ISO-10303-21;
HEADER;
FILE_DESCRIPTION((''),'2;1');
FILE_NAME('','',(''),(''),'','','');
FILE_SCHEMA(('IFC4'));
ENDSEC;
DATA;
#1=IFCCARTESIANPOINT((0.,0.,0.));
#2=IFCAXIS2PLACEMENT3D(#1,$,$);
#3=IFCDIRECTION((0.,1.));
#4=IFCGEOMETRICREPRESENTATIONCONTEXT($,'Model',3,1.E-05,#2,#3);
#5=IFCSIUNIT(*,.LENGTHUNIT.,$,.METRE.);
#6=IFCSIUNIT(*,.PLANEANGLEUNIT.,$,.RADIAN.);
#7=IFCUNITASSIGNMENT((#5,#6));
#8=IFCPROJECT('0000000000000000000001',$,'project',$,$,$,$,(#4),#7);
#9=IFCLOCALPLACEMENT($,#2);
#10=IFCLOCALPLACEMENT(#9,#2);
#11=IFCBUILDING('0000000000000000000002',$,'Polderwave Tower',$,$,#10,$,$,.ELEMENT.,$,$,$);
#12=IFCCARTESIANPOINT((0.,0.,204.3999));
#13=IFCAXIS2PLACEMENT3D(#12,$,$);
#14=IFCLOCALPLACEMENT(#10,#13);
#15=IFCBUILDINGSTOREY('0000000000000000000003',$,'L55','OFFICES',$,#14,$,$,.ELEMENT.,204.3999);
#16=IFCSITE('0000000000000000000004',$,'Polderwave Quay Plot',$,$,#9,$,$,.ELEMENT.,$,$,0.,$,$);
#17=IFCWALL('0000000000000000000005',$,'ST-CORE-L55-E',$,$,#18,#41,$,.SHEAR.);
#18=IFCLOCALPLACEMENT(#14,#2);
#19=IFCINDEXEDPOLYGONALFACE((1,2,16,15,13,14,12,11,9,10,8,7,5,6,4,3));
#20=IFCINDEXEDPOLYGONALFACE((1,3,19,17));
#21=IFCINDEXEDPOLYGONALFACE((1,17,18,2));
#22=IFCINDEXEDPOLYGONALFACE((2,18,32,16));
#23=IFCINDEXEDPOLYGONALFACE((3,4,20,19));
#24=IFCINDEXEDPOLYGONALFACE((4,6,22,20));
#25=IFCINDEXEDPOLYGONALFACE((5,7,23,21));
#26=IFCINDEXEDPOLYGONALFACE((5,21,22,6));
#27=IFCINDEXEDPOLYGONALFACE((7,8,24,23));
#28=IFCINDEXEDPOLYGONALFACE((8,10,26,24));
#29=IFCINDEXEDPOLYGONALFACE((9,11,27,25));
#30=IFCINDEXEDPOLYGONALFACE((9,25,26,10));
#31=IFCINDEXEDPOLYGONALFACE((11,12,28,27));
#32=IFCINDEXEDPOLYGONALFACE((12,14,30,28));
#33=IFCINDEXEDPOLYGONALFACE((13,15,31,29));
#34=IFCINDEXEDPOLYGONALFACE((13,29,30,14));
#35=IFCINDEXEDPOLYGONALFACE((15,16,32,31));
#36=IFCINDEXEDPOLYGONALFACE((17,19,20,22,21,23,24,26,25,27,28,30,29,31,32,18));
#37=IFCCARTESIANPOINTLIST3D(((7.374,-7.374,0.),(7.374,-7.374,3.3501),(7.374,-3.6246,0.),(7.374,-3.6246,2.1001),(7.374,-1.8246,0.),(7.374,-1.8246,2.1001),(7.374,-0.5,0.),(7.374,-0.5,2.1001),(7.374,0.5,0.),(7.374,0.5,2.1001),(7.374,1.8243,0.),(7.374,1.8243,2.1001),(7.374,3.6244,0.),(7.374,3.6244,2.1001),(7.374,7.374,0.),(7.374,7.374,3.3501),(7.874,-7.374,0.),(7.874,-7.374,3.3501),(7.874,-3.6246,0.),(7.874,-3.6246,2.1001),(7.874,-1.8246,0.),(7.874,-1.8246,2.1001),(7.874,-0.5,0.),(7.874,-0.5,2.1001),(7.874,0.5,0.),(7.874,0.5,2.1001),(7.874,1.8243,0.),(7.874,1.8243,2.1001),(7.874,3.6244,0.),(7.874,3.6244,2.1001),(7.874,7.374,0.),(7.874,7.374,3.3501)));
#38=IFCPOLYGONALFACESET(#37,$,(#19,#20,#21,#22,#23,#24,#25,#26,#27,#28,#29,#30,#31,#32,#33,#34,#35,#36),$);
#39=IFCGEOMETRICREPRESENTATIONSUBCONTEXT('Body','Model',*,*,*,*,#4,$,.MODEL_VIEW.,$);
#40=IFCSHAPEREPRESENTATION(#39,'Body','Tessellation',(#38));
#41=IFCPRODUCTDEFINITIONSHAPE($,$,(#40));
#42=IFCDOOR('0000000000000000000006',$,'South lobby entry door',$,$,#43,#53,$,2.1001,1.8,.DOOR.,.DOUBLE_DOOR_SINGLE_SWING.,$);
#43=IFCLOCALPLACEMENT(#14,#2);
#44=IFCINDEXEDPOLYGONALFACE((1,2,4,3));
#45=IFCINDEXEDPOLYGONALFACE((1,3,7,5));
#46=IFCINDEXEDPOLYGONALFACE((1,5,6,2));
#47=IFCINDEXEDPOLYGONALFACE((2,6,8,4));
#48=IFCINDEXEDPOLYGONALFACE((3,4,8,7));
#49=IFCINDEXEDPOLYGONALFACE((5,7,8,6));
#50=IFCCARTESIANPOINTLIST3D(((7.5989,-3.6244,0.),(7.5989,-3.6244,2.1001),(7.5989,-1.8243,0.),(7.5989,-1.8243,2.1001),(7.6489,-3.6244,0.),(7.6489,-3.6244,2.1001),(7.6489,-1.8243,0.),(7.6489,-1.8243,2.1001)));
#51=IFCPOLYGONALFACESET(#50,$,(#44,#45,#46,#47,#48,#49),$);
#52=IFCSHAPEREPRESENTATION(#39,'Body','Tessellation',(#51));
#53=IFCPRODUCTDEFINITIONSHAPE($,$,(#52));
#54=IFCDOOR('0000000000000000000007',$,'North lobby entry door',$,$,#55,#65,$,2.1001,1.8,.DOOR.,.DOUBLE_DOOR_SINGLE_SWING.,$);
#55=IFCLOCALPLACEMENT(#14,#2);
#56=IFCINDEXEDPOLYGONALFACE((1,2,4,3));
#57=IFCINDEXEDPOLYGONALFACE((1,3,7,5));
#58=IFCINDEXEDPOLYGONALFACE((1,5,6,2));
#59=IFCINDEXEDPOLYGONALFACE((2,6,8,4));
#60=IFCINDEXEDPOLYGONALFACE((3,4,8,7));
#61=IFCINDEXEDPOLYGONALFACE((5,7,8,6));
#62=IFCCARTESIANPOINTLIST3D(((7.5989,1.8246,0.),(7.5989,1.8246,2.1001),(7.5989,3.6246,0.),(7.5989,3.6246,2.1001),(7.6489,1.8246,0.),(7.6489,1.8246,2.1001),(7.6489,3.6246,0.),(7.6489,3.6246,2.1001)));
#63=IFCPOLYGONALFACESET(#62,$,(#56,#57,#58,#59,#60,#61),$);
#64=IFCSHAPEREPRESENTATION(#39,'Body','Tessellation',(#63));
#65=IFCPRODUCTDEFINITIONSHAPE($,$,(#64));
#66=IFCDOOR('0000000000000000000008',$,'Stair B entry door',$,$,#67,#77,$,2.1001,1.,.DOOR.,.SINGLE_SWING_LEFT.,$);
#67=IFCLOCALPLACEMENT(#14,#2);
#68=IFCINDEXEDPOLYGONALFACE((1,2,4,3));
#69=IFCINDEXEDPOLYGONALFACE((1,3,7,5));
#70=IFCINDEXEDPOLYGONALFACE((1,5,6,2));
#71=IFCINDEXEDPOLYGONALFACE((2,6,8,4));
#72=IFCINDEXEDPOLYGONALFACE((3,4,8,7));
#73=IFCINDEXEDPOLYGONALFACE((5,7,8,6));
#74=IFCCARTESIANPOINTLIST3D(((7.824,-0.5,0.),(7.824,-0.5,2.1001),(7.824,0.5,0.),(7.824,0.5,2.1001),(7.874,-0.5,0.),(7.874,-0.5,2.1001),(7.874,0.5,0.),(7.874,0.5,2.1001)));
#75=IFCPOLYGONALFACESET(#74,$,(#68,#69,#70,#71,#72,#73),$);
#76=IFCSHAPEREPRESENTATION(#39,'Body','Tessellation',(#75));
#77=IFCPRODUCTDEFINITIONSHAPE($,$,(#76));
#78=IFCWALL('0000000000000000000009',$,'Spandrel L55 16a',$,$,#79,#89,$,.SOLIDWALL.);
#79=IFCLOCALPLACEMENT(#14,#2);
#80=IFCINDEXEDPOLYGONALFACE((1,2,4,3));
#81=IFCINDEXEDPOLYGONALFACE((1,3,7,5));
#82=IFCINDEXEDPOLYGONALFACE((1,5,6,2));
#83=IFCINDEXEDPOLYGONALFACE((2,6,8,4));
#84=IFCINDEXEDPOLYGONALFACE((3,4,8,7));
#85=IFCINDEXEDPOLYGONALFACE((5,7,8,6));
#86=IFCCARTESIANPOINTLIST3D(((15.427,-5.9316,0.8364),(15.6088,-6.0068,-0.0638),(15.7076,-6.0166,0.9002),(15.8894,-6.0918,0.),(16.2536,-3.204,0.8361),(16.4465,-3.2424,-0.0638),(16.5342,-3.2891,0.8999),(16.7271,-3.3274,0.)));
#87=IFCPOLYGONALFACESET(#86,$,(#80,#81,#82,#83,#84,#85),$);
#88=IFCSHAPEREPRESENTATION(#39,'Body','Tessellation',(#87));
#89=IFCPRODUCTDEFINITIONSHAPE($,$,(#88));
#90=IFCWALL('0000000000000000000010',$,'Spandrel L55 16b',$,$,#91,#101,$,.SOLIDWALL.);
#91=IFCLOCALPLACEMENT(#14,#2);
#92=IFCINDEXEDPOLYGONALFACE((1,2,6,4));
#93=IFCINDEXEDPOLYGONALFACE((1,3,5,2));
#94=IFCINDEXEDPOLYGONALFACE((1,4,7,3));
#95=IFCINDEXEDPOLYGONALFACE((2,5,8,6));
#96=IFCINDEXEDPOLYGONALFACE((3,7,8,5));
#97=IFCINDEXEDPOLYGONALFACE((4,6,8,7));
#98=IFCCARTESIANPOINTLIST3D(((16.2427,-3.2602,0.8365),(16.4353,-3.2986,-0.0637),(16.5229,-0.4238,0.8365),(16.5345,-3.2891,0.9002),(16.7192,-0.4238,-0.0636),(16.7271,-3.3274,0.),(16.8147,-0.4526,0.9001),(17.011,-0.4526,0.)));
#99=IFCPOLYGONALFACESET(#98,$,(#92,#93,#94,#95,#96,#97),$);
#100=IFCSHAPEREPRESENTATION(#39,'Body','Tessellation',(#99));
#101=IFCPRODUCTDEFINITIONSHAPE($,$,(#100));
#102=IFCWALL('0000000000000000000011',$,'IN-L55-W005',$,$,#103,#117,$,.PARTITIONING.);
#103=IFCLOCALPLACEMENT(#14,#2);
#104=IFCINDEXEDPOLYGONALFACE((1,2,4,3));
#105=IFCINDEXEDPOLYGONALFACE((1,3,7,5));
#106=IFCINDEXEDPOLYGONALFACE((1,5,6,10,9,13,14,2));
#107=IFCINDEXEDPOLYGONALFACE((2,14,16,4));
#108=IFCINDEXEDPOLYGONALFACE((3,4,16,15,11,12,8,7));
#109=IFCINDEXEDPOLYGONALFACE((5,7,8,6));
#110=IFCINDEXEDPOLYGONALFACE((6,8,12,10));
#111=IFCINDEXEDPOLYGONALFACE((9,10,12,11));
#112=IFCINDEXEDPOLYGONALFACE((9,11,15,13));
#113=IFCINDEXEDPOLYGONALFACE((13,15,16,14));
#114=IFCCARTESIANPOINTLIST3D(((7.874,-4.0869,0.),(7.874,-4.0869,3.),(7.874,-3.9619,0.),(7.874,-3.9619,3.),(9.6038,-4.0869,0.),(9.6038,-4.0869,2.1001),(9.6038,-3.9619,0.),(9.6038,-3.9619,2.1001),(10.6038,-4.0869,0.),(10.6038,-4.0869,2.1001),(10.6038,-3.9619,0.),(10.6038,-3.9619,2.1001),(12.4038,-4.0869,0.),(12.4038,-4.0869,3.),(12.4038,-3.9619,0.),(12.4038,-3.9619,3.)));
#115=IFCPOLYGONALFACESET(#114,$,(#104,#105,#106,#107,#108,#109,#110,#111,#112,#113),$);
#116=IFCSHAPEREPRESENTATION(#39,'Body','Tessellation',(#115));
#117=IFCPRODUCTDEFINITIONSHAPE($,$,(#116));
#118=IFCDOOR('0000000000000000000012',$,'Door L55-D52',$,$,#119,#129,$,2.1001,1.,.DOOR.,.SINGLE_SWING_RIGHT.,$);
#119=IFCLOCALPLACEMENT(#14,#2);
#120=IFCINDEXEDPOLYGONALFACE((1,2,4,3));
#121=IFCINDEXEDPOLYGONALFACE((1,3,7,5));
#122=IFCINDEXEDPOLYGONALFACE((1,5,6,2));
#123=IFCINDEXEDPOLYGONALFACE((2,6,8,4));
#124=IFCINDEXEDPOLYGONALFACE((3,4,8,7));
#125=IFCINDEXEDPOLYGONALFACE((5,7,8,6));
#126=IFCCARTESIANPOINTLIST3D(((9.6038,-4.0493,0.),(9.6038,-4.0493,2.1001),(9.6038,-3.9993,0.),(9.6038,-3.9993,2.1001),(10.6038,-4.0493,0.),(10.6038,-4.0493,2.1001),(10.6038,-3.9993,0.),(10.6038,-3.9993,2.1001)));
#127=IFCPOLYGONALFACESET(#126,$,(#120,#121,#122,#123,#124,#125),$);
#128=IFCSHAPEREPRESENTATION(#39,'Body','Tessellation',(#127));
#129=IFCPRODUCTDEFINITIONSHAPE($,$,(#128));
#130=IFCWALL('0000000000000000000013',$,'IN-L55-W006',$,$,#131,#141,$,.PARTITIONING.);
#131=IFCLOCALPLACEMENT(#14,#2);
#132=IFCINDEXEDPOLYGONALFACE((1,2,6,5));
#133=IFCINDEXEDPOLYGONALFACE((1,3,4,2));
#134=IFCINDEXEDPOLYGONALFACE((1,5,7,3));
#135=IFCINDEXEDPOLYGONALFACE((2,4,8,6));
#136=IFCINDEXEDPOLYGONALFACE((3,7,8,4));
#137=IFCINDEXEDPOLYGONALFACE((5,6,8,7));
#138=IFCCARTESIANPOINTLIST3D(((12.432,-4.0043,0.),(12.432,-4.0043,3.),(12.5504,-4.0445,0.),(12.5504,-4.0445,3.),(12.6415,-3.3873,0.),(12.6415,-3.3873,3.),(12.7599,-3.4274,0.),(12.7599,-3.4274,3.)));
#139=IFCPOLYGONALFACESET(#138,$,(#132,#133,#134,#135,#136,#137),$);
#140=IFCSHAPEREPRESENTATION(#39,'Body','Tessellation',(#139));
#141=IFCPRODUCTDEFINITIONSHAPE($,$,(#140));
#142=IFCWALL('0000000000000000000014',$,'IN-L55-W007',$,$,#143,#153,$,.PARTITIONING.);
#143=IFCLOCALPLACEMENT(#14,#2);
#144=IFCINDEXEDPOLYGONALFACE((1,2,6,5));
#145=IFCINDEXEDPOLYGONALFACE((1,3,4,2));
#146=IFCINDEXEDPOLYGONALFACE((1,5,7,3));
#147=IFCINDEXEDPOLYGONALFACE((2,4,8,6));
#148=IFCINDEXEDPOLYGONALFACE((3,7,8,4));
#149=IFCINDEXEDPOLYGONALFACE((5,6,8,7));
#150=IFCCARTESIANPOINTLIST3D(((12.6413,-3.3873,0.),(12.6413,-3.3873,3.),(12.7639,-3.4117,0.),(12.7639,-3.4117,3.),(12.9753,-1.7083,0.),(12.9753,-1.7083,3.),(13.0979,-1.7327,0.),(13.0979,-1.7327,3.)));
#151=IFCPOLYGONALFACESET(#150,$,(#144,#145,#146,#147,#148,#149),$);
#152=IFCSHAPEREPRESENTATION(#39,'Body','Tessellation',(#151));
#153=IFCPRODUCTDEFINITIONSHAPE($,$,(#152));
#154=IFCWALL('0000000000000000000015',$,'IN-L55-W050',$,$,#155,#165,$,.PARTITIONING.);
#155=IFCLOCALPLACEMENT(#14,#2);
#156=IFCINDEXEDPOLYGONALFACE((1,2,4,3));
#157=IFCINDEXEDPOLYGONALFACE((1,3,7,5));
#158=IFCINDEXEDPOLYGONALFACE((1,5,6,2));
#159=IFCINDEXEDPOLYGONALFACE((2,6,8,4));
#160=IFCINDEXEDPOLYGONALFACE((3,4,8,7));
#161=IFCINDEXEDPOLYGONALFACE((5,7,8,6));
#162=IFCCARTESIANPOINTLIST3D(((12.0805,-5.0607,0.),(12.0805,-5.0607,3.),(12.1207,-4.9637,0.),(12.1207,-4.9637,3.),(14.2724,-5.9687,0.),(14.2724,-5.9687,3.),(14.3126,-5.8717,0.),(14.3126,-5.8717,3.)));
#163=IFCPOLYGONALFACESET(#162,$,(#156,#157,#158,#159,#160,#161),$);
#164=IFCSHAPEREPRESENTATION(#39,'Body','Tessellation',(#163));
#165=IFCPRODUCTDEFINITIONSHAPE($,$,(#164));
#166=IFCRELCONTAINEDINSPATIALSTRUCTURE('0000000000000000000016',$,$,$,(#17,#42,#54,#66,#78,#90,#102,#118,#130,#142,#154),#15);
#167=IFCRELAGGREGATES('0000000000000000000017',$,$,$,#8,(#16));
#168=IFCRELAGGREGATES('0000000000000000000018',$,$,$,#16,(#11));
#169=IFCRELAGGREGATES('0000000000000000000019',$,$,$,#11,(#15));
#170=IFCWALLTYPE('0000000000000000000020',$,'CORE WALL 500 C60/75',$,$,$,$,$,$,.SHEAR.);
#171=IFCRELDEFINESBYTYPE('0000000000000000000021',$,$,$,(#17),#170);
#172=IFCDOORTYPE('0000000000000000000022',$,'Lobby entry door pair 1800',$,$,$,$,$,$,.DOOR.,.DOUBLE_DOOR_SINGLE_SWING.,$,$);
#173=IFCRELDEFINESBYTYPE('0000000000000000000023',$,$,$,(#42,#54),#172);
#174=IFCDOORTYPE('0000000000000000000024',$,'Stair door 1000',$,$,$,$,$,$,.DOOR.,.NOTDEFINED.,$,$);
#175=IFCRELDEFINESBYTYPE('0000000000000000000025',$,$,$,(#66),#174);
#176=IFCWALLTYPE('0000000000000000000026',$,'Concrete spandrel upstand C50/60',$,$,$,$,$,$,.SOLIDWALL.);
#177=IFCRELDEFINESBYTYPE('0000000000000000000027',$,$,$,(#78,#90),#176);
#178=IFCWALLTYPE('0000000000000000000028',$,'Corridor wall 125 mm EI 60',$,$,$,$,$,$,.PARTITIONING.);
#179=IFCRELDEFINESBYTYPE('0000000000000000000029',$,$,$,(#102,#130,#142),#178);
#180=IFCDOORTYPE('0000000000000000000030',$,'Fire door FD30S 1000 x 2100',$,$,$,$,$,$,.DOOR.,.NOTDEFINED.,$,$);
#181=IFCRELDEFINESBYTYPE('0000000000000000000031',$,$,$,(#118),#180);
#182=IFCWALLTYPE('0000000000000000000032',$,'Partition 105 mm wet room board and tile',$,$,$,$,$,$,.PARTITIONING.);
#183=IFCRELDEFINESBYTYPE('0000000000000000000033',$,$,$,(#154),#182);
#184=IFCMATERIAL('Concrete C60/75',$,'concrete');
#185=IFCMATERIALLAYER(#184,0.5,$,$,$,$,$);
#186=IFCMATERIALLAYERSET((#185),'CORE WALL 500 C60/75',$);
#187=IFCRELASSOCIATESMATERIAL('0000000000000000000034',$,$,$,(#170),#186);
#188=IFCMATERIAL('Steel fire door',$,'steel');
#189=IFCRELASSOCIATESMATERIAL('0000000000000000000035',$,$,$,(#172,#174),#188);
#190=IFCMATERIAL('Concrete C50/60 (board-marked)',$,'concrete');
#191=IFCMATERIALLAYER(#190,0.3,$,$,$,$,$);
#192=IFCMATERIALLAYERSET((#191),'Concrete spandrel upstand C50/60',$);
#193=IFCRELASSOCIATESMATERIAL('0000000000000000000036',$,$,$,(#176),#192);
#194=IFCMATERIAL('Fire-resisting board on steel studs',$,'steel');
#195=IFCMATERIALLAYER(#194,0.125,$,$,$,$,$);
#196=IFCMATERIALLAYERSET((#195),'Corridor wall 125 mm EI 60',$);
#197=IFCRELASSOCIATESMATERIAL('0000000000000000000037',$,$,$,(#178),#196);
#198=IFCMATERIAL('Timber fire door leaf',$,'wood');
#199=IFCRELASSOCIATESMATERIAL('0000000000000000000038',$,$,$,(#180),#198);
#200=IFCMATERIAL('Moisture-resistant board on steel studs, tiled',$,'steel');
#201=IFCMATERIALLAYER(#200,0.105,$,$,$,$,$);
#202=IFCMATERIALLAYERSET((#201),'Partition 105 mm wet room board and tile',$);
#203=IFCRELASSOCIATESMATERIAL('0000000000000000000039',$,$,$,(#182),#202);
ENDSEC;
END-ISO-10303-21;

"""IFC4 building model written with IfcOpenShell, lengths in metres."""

from ifc_helpers import new_model, si_unit, direction, frame, frame_2d, origin, place, context, subcontext, project, spatial, polyline, rectangle, outline, extrude, material, layer, layer_set, type_object, element, fill, save


model = new_model("IFC4")

# Units and contexts
model_context = context("Model", 3, precision=1e-05, world=origin(), true_north=direction((0.0, 1.0)))
body_context = subcontext(model_context, "Body", "Model", "MODEL_VIEW")
ifc_project = project(units=[si_unit("LENGTHUNIT", "METRE"), si_unit("PLANEANGLEUNIT", "RADIAN")], contexts=[model_context])

# Site, building, storey
site_placement = place(None, origin())
site = spatial("IfcSite", under=ifc_project, at=site_placement, Name="Polderwave Quay Plot", CompositionType="ELEMENT", RefElevation=0.0)
building_placement = place(site_placement, origin())
building = spatial("IfcBuilding", under=site, at=building_placement, Name="Polderwave Tower", CompositionType="ELEMENT")
storey_placement = place(building_placement, frame((0.0, 0.0, 204.3999)))
storey = spatial("IfcBuildingStorey", under=building, at=storey_placement, Name="L55", Description="OFFICES", CompositionType="ELEMENT", Elevation=204.3999)

# Shared definitions
ifc_material_1 = material(Name="Concrete C60/75", Category="concrete")

# Wall, openings, doors
ifc_layer_1 = layer(ifc_material_1, 0.5)
ifc_layer_set_1 = layer_set([ifc_layer_1], Name="CORE WALL 500 C60/75")
wall_type_1 = type_object("IfcWallType", Name="CORE WALL 500 C60/75", PredefinedType="SHEAR", material=ifc_layer_set_1)
wall_1_placement = place(storey_placement, frame((7.624, -7.374, 0.0), z_axis=(0.0, 0.0, 1.0), x_axis=(0.0, 1.0, 0.0)))
wall_1 = element("IfcWall", 1, at=wall_1_placement, inside=storey, type_object=wall_type_1, Name="ST-CORE-L55-E", PredefinedType="SHEAR", context=body_context, shape_type="SweptSolid", body=[
    extrude(rectangle(XDim=14.748, YDim=0.5, at=frame_2d((7.374, 0.0))), origin(), (0.0, 0.0, 1.0), 3.3501),
])
opening_1_placement = place(wall_1_placement, frame((6.874, 0.0, 0.0)))
opening_1 = element("IfcOpeningElement", 2, at=opening_1_placement, cuts=wall_1, PredefinedType="OPENING", context=body_context, shape_type="SweptSolid", body=[
    extrude(rectangle(XDim=1.0, YDim=2.1001, at=frame_2d((0.5, 1.05))), frame((0.0, 0.26, 0.0), z_axis=(0.0, -1.0, 0.0), x_axis=(1.0, 0.0, 0.0)), (0.0, 0.0, 1.0), 0.52),
])
opening_2_placement = place(wall_1_placement, frame((3.7495, 0.0, 0.0)))
opening_2 = element("IfcOpeningElement", 3, at=opening_2_placement, cuts=wall_1, PredefinedType="OPENING", context=body_context, shape_type="SweptSolid", body=[
    extrude(rectangle(XDim=1.8, YDim=2.1001, at=frame_2d((0.8999, 1.05))), frame((0.0, 0.26, 0.0), z_axis=(0.0, -1.0, 0.0), x_axis=(1.0, 0.0, 0.0)), (0.0, 0.0, 1.0), 0.52),
])
opening_3_placement = place(wall_1_placement, frame((9.1985, 0.0, 0.0)))
opening_3 = element("IfcOpeningElement", 4, at=opening_3_placement, cuts=wall_1, PredefinedType="OPENING", context=body_context, shape_type="SweptSolid", body=[
    extrude(rectangle(XDim=1.8, YDim=2.1001, at=frame_2d((0.8999, 1.05))), frame((0.0, 0.26, 0.0), z_axis=(0.0, -1.0, 0.0), x_axis=(1.0, 0.0, 0.0)), (0.0, 0.0, 1.0), 0.52),
])
ifc_material_2 = material(Name="Steel fire door", Category="steel")
door_type_1 = type_object("IfcDoorType", Name="Lobby entry door pair 1800", OperationType="DOUBLE_DOOR_SINGLE_SWING", PredefinedType="DOOR", material=ifc_material_2)
door_1_placement = place(opening_2_placement, frame((1.8, 0.0, 0.0), z_axis=(0.0, 0.0, 1.0), x_axis=(-1.0, 0.0, 0.0)))
door_1 = element("IfcDoor", 5, at=door_1_placement, inside=storey, type_object=door_type_1, Name="South lobby entry door", OperationType="DOUBLE_DOOR_SINGLE_SWING", OverallHeight=2.1001, OverallWidth=1.8, PredefinedType="DOOR", context=body_context, shape_type="SweptSolid", body=[
    extrude(rectangle(XDim=1.8, YDim=2.1001, at=frame_2d((0.8999, 1.05))), frame((0.0, 0.0249, 0.0), z_axis=(0.0, -1.0, 0.0), x_axis=(1.0, 0.0, 0.0)), (0.0, 0.0, 1.0), 0.05),
])
fill(opening_2, door_1)
door_2_placement = place(opening_3_placement, frame((1.8, 0.0, 0.0), z_axis=(0.0, 0.0, 1.0), x_axis=(-1.0, 0.0, 0.0)))
door_2 = element("IfcDoor", 6, at=door_2_placement, inside=storey, type_object=door_type_1, Name="North lobby entry door", OperationType="DOUBLE_DOOR_SINGLE_SWING", OverallHeight=2.1001, OverallWidth=1.8, PredefinedType="DOOR", context=body_context, shape_type="SweptSolid", body=[
    extrude(rectangle(XDim=1.8, YDim=2.1001, at=frame_2d((0.8999, 1.05))), frame((0.0, 0.0249, 0.0), z_axis=(0.0, -1.0, 0.0), x_axis=(1.0, 0.0, 0.0)), (0.0, 0.0, 1.0), 0.05),
])
fill(opening_3, door_2)
door_type_2 = type_object("IfcDoorType", Name="Stair door 1000", OperationType="NOTDEFINED", PredefinedType="DOOR", material=ifc_material_2)
door_3_placement = place(opening_1_placement, frame((1.0, 0.0, 0.0), z_axis=(0.0, 0.0, 1.0), x_axis=(-1.0, 0.0, 0.0)))
door_3 = element("IfcDoor", 7, at=door_3_placement, inside=storey, type_object=door_type_2, Name="Stair B entry door", OperationType="SINGLE_SWING_LEFT", OverallHeight=2.1001, OverallWidth=1.0, PredefinedType="DOOR", context=body_context, shape_type="SweptSolid", body=[
    extrude(rectangle(XDim=1.0, YDim=2.1001, at=frame_2d((0.5, 1.05))), frame((0.0, 0.25, 0.0), z_axis=(0.0, -1.0, 0.0), x_axis=(1.0, 0.0, 0.0)), (0.0, 0.0, 1.0), 0.05),
])
fill(opening_1, door_3)

# Walls
ifc_material_3 = material(Name="Concrete C50/60 (board-marked)", Category="concrete")
ifc_layer_2 = layer(ifc_material_3, 0.3)
ifc_layer_set_2 = layer_set([ifc_layer_2], Name="Concrete spandrel upstand C50/60")
wall_type_2 = type_object("IfcWallType", Name="Concrete spandrel upstand C50/60", PredefinedType="SOLIDWALL", material=ifc_layer_set_2)
wall_2_placement = place(storey_placement, frame((15.8894, -6.0918, 0.0), z_axis=(0.935152, -0.283384, 0.212564), x_axis=(0.290011, 0.957023, 0.000004)))
element("IfcWall", 8, at=wall_2_placement, inside=storey, type_object=wall_type_2, Name="Spandrel L55 16a", PredefinedType="SOLIDWALL", context=body_context, shape_type="SweptSolid", body=[
    extrude(outline(polyline([(0.0, 0.0), (2.8885, 0.0), (2.8693, 0.9209), (0.0192, 0.9212), (0.0, 0.0)])), origin(), (0.0, 0.0, -1.0), 0.3),
])
wall_3_placement = place(storey_placement, frame((16.7271, -3.3274, 0.0), z_axis=(0.972506, -0.096074, 0.212135), x_axis=(0.098311, 0.995156, 0.000004)))
element("IfcWall", 9, at=wall_3_placement, inside=storey, type_object=wall_type_2, Name="Spandrel L55 16b", PredefinedType="SOLIDWALL", context=body_context, shape_type="SweptSolid", body=[
    extrude(outline(polyline([(0.0, 0.0), (2.8887, 0.0), (2.8695, 0.9211), (0.0192, 0.9211), (0.0, 0.0)])), origin(), (0.0, 0.0, -1.0), 0.3),
])

# Wall, opening, door
ifc_material_4 = material(Name="Fire-resisting board on steel studs", Category="steel")
ifc_layer_3 = layer(ifc_material_4, 0.125)
ifc_layer_set_3 = layer_set([ifc_layer_3], Name="Corridor wall 125 mm EI 60")
wall_type_3 = type_object("IfcWallType", Name="Corridor wall 125 mm EI 60", PredefinedType="PARTITIONING", material=ifc_layer_set_3)
wall_4_placement = place(storey_placement, frame((12.4038, -4.0244, 0.0), z_axis=(0.0, 0.0, 1.0), x_axis=(-1.0, 0.0, 0.0)))
wall_4 = element("IfcWall", 10, at=wall_4_placement, inside=storey, type_object=wall_type_3, Name="IN-L55-W005", PredefinedType="PARTITIONING", context=body_context, shape_type="SweptSolid", body=[
    extrude(rectangle(XDim=4.5298, YDim=0.125, at=frame_2d((2.2649, 0.0))), origin(), (0.0, 0.0, 1.0), 3.0),
])
opening_4_placement = place(wall_4_placement, frame((1.8, 0.0, 0.0)))
opening_4 = element("IfcOpeningElement", 11, at=opening_4_placement, cuts=wall_4, PredefinedType="OPENING", context=body_context, shape_type="SweptSolid", body=[
    extrude(rectangle(XDim=1.0, YDim=2.1001, at=frame_2d((0.5, 1.05))), frame((0.0, 0.0725, 0.0), z_axis=(0.0, -1.0, 0.0), x_axis=(1.0, 0.0, 0.0)), (0.0, 0.0, 1.0), 0.145),
])
ifc_material_5 = material(Name="Timber fire door leaf", Category="wood")
door_type_3 = type_object("IfcDoorType", Name="Fire door FD30S 1000 x 2100", OperationType="NOTDEFINED", PredefinedType="DOOR", material=ifc_material_5)
door_4_placement = place(opening_4_placement, origin())
door_4 = element("IfcDoor", 12, at=door_4_placement, inside=storey, type_object=door_type_3, Name="Door L55-D52", OperationType="SINGLE_SWING_RIGHT", OverallHeight=2.1001, OverallWidth=1.0, PredefinedType="DOOR", context=body_context, shape_type="SweptSolid", body=[
    extrude(rectangle(XDim=1.0, YDim=2.1001, at=frame_2d((0.5, 1.05))), frame((0.0, 0.0249, 0.0), z_axis=(0.0, -1.0, 0.0), x_axis=(1.0, 0.0, 0.0)), (0.0, 0.0, 1.0), 0.05),
])
fill(opening_4, door_4)

# Walls
wall_5_placement = place(storey_placement, frame((12.7007, -3.4075, 0.0), z_axis=(0.0, 0.0, 1.0), x_axis=(-0.321506, -0.946907, 0.0)))
element("IfcWall", 13, at=wall_5_placement, inside=storey, type_object=wall_type_3, Name="IN-L55-W006", PredefinedType="PARTITIONING", context=body_context, shape_type="SweptSolid", body=[
    extrude(rectangle(XDim=0.6516, YDim=0.125, at=frame_2d((0.3257, 0.0))), origin(), (0.0, 0.0, 1.0), 3.0),
])
wall_6_placement = place(storey_placement, frame((13.0366, -1.7205, 0.0), z_axis=(0.0, 0.0, 1.0), x_axis=(-0.195101, -0.980783, 0.0)))
element("IfcWall", 14, at=wall_6_placement, inside=storey, type_object=wall_type_3, Name="IN-L55-W007", PredefinedType="PARTITIONING", context=body_context, shape_type="SweptSolid", body=[
    extrude(rectangle(XDim=1.7119, YDim=0.125, at=frame_2d((0.856, 0.0))), origin(), (0.0, 0.0, 1.0), 3.0),
])
ifc_material_6 = material(Name="Moisture-resistant board on steel studs, tiled", Category="steel")
ifc_layer_4 = layer(ifc_material_6, 0.105)
ifc_layer_set_4 = layer_set([ifc_layer_4], Name="Partition 105 mm wet room board and tile")
wall_type_4 = type_object("IfcWallType", Name="Partition 105 mm wet room board and tile", PredefinedType="PARTITIONING", material=ifc_layer_set_4)
wall_7_placement = place(storey_placement, frame((12.1006, -5.0122, 0.0), z_axis=(0.0, 0.0, 1.0), x_axis=(0.923873, -0.3827, 0.0)))
element("IfcWall", 15, at=wall_7_placement, inside=storey, type_object=wall_type_4, Name="IN-L55-W050", PredefinedType="PARTITIONING", context=body_context, shape_type="SweptSolid", body=[
    extrude(rectangle(XDim=2.3726, YDim=0.105, at=frame_2d((1.1863, 0.0))), origin(), (0.0, 0.0, 1.0), 3.0),
])

save(model, "model.ifc")
